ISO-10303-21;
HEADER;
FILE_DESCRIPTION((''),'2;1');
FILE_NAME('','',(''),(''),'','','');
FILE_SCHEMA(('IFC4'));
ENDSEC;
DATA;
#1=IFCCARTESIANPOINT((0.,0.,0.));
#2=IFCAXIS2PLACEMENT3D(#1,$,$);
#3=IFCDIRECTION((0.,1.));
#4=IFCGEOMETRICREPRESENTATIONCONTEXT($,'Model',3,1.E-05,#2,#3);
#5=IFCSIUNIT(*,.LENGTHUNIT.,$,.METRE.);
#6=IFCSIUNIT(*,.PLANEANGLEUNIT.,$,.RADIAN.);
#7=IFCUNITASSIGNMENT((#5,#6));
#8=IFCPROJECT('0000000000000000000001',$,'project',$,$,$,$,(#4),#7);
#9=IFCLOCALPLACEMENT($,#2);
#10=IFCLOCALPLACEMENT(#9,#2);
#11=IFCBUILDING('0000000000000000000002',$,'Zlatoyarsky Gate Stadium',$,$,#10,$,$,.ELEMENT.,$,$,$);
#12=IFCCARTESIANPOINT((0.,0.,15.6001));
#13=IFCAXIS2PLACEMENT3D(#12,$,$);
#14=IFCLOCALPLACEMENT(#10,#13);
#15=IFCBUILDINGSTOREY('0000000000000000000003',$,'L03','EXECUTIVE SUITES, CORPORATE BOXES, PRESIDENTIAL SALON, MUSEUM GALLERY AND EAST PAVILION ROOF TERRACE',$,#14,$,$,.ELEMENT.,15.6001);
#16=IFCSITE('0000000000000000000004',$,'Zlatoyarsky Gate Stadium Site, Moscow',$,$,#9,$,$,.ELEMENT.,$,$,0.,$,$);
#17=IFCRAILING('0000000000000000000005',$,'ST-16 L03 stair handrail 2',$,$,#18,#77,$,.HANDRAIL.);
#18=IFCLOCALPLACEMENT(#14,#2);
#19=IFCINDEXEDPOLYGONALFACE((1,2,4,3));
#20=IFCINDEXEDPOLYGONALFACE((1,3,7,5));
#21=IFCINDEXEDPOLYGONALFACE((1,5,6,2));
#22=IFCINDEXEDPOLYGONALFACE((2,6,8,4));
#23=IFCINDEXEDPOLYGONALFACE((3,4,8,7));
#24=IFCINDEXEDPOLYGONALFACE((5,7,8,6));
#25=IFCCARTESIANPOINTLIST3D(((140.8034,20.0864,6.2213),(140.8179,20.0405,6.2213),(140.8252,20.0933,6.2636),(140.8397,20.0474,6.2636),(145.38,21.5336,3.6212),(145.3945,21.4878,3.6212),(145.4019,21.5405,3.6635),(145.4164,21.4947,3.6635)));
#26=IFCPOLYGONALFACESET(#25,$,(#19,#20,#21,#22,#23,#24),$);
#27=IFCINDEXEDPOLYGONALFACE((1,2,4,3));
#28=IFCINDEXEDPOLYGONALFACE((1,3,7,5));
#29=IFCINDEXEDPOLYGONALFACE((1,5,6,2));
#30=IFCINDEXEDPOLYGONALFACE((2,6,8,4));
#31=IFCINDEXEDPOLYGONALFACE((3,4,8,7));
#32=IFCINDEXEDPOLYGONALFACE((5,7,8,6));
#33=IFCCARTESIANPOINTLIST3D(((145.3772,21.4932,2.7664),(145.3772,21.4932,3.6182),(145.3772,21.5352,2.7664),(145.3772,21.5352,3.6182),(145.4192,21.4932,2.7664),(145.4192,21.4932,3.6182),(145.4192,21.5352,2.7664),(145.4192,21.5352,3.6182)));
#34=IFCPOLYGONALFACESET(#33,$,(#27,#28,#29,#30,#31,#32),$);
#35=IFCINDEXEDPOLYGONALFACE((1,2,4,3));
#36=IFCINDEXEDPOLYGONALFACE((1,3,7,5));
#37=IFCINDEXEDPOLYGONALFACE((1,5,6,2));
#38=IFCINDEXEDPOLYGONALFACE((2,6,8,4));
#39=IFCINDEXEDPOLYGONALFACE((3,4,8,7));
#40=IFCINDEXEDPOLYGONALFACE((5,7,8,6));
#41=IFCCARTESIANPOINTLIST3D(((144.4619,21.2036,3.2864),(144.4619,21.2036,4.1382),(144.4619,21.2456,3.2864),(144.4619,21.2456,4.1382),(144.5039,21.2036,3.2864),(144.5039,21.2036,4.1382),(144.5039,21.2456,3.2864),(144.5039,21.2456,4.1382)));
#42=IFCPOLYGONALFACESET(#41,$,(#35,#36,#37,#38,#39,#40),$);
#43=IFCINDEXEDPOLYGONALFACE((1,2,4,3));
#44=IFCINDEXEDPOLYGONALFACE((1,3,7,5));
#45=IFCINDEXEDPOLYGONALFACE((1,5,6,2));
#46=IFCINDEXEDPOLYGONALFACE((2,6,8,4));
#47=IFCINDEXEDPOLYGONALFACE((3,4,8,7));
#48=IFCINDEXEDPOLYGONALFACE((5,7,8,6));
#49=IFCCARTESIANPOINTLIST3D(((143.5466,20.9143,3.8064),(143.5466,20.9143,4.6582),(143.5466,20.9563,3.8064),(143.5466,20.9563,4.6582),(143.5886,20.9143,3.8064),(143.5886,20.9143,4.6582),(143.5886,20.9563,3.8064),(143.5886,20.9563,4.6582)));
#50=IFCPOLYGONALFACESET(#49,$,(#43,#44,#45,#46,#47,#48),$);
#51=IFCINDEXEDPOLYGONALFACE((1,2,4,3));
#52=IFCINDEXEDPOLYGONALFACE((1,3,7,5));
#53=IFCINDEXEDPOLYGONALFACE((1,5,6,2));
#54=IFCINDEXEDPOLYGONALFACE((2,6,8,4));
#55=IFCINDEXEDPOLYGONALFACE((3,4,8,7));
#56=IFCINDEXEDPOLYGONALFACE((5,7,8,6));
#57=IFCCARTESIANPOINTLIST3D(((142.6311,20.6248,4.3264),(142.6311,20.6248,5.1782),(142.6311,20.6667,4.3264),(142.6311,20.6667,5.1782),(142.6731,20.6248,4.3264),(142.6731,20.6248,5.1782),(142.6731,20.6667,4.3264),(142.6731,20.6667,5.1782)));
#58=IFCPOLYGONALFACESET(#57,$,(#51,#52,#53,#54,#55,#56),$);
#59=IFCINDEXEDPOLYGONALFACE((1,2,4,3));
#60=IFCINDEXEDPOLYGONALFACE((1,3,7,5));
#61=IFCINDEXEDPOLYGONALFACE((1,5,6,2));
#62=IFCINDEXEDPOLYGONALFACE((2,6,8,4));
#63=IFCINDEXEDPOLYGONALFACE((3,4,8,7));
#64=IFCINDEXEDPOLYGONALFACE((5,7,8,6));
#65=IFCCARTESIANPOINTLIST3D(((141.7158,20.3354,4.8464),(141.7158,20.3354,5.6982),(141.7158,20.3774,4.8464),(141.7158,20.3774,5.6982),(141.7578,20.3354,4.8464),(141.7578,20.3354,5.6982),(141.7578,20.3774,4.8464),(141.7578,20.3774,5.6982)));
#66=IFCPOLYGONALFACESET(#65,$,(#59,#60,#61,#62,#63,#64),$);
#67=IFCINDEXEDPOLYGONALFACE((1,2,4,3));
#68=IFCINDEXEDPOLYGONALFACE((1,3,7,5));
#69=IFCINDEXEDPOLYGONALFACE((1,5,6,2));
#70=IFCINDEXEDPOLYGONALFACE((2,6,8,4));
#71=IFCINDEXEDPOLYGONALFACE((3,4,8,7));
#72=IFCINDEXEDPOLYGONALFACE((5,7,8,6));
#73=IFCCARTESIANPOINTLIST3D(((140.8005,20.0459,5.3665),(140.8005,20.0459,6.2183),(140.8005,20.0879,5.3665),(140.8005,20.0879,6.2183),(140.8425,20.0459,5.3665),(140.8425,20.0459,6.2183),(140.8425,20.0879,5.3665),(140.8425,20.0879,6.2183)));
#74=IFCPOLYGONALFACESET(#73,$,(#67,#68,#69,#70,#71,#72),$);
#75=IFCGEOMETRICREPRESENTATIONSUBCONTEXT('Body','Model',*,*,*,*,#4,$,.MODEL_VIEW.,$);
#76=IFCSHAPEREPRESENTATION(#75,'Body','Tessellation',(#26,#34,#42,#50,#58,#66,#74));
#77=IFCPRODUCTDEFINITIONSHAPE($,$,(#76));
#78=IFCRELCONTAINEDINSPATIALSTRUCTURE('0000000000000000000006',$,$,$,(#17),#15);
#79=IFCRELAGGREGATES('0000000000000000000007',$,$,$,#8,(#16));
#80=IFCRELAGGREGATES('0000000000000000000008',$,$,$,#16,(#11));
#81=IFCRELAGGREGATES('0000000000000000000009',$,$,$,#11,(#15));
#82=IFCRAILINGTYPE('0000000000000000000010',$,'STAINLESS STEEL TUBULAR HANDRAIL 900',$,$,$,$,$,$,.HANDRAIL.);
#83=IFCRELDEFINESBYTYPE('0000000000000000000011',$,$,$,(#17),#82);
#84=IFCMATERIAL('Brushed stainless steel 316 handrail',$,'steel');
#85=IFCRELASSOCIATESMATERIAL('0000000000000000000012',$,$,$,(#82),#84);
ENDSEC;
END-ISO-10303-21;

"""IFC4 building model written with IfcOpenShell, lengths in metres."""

from ifc_helpers import new_model, si_unit, direction, frame, origin, origin_2d, place, context, subcontext, project, spatial, rectangle, extrude, material, type_object, element, save


model = new_model("IFC4")

# Units and contexts
model_context = context("Model", 3, precision=1e-05, world=origin(), true_north=direction((0.0, 1.0)))
body_context = subcontext(model_context, "Body", "Model", "MODEL_VIEW")
ifc_project = project(units=[si_unit("LENGTHUNIT", "METRE"), si_unit("PLANEANGLEUNIT", "RADIAN")], contexts=[model_context])

# Site, building, storey
site_placement = place(None, origin())
site = spatial("IfcSite", under=ifc_project, at=site_placement, Name="Zlatoyarsky Gate Stadium Site, Moscow", CompositionType="ELEMENT", RefElevation=0.0)
building_placement = place(site_placement, origin())
building = spatial("IfcBuilding", under=site, at=building_placement, Name="Zlatoyarsky Gate Stadium", CompositionType="ELEMENT")
storey_placement = place(building_placement, frame((0.0, 0.0, 15.6001)))
storey = spatial("IfcBuildingStorey", under=building, at=storey_placement, Name="L03", Description="EXECUTIVE SUITES, CORPORATE BOXES, PRESIDENTIAL SALON, MUSEUM GALLERY AND EAST PAVILION ROOF TERRACE", CompositionType="ELEMENT", Elevation=15.6001)

# Railing
ifc_material_1 = material(Name="Brushed stainless steel 316 handrail", Category="steel")
railing_type_1 = type_object("IfcRailingType", Name="STAINLESS STEEL TUBULAR HANDRAIL 900", PredefinedType="HANDRAIL", material=ifc_material_1)
railing_1_placement = place(storey_placement, frame((145.3982, 21.5142, 2.7664)))
element("IfcRailing", 1, at=railing_1_placement, inside=storey, type_object=railing_type_1, Name="ST-16 L03 stair handrail 2", PredefinedType="HANDRAIL", context=body_context, shape_type="SweptSolid", body=[
    extrude(rectangle(XDim=0.0481, YDim=0.0481, at=origin_2d()), frame((0.0, 0.0, 0.876), z_axis=(-0.838367, -0.265115, 0.476294), x_axis=(0.301511, -0.953463, 0.0)), (0.0, 0.0, 1.0), 5.459),
    extrude(rectangle(XDim=0.042, YDim=0.042, at=origin_2d()), origin(), (0.0, 0.0, 1.0), 0.8518),
    extrude(rectangle(XDim=0.042, YDim=0.042, at=origin_2d()), frame((-0.9153, -0.2896, 0.52)), (0.0, 0.0, 1.0), 0.8518),
    extrude(rectangle(XDim=0.042, YDim=0.042, at=origin_2d()), frame((-1.8306, -0.5789, 1.04)), (0.0, 0.0, 1.0), 0.8518),
    extrude(rectangle(XDim=0.042, YDim=0.042, at=origin_2d()), frame((-2.7461, -0.8684, 1.5601)), (0.0, 0.0, 1.0), 0.8518),
    extrude(rectangle(XDim=0.042, YDim=0.042, at=origin_2d()), frame((-3.6614, -1.1577, 2.0801)), (0.0, 0.0, 1.0), 0.8518),
    extrude(rectangle(XDim=0.042, YDim=0.042, at=origin_2d()), frame((-4.5767, -1.4473, 2.6001)), (0.0, 0.0, 1.0), 0.8518),
])

save(model, "model.ifc")
